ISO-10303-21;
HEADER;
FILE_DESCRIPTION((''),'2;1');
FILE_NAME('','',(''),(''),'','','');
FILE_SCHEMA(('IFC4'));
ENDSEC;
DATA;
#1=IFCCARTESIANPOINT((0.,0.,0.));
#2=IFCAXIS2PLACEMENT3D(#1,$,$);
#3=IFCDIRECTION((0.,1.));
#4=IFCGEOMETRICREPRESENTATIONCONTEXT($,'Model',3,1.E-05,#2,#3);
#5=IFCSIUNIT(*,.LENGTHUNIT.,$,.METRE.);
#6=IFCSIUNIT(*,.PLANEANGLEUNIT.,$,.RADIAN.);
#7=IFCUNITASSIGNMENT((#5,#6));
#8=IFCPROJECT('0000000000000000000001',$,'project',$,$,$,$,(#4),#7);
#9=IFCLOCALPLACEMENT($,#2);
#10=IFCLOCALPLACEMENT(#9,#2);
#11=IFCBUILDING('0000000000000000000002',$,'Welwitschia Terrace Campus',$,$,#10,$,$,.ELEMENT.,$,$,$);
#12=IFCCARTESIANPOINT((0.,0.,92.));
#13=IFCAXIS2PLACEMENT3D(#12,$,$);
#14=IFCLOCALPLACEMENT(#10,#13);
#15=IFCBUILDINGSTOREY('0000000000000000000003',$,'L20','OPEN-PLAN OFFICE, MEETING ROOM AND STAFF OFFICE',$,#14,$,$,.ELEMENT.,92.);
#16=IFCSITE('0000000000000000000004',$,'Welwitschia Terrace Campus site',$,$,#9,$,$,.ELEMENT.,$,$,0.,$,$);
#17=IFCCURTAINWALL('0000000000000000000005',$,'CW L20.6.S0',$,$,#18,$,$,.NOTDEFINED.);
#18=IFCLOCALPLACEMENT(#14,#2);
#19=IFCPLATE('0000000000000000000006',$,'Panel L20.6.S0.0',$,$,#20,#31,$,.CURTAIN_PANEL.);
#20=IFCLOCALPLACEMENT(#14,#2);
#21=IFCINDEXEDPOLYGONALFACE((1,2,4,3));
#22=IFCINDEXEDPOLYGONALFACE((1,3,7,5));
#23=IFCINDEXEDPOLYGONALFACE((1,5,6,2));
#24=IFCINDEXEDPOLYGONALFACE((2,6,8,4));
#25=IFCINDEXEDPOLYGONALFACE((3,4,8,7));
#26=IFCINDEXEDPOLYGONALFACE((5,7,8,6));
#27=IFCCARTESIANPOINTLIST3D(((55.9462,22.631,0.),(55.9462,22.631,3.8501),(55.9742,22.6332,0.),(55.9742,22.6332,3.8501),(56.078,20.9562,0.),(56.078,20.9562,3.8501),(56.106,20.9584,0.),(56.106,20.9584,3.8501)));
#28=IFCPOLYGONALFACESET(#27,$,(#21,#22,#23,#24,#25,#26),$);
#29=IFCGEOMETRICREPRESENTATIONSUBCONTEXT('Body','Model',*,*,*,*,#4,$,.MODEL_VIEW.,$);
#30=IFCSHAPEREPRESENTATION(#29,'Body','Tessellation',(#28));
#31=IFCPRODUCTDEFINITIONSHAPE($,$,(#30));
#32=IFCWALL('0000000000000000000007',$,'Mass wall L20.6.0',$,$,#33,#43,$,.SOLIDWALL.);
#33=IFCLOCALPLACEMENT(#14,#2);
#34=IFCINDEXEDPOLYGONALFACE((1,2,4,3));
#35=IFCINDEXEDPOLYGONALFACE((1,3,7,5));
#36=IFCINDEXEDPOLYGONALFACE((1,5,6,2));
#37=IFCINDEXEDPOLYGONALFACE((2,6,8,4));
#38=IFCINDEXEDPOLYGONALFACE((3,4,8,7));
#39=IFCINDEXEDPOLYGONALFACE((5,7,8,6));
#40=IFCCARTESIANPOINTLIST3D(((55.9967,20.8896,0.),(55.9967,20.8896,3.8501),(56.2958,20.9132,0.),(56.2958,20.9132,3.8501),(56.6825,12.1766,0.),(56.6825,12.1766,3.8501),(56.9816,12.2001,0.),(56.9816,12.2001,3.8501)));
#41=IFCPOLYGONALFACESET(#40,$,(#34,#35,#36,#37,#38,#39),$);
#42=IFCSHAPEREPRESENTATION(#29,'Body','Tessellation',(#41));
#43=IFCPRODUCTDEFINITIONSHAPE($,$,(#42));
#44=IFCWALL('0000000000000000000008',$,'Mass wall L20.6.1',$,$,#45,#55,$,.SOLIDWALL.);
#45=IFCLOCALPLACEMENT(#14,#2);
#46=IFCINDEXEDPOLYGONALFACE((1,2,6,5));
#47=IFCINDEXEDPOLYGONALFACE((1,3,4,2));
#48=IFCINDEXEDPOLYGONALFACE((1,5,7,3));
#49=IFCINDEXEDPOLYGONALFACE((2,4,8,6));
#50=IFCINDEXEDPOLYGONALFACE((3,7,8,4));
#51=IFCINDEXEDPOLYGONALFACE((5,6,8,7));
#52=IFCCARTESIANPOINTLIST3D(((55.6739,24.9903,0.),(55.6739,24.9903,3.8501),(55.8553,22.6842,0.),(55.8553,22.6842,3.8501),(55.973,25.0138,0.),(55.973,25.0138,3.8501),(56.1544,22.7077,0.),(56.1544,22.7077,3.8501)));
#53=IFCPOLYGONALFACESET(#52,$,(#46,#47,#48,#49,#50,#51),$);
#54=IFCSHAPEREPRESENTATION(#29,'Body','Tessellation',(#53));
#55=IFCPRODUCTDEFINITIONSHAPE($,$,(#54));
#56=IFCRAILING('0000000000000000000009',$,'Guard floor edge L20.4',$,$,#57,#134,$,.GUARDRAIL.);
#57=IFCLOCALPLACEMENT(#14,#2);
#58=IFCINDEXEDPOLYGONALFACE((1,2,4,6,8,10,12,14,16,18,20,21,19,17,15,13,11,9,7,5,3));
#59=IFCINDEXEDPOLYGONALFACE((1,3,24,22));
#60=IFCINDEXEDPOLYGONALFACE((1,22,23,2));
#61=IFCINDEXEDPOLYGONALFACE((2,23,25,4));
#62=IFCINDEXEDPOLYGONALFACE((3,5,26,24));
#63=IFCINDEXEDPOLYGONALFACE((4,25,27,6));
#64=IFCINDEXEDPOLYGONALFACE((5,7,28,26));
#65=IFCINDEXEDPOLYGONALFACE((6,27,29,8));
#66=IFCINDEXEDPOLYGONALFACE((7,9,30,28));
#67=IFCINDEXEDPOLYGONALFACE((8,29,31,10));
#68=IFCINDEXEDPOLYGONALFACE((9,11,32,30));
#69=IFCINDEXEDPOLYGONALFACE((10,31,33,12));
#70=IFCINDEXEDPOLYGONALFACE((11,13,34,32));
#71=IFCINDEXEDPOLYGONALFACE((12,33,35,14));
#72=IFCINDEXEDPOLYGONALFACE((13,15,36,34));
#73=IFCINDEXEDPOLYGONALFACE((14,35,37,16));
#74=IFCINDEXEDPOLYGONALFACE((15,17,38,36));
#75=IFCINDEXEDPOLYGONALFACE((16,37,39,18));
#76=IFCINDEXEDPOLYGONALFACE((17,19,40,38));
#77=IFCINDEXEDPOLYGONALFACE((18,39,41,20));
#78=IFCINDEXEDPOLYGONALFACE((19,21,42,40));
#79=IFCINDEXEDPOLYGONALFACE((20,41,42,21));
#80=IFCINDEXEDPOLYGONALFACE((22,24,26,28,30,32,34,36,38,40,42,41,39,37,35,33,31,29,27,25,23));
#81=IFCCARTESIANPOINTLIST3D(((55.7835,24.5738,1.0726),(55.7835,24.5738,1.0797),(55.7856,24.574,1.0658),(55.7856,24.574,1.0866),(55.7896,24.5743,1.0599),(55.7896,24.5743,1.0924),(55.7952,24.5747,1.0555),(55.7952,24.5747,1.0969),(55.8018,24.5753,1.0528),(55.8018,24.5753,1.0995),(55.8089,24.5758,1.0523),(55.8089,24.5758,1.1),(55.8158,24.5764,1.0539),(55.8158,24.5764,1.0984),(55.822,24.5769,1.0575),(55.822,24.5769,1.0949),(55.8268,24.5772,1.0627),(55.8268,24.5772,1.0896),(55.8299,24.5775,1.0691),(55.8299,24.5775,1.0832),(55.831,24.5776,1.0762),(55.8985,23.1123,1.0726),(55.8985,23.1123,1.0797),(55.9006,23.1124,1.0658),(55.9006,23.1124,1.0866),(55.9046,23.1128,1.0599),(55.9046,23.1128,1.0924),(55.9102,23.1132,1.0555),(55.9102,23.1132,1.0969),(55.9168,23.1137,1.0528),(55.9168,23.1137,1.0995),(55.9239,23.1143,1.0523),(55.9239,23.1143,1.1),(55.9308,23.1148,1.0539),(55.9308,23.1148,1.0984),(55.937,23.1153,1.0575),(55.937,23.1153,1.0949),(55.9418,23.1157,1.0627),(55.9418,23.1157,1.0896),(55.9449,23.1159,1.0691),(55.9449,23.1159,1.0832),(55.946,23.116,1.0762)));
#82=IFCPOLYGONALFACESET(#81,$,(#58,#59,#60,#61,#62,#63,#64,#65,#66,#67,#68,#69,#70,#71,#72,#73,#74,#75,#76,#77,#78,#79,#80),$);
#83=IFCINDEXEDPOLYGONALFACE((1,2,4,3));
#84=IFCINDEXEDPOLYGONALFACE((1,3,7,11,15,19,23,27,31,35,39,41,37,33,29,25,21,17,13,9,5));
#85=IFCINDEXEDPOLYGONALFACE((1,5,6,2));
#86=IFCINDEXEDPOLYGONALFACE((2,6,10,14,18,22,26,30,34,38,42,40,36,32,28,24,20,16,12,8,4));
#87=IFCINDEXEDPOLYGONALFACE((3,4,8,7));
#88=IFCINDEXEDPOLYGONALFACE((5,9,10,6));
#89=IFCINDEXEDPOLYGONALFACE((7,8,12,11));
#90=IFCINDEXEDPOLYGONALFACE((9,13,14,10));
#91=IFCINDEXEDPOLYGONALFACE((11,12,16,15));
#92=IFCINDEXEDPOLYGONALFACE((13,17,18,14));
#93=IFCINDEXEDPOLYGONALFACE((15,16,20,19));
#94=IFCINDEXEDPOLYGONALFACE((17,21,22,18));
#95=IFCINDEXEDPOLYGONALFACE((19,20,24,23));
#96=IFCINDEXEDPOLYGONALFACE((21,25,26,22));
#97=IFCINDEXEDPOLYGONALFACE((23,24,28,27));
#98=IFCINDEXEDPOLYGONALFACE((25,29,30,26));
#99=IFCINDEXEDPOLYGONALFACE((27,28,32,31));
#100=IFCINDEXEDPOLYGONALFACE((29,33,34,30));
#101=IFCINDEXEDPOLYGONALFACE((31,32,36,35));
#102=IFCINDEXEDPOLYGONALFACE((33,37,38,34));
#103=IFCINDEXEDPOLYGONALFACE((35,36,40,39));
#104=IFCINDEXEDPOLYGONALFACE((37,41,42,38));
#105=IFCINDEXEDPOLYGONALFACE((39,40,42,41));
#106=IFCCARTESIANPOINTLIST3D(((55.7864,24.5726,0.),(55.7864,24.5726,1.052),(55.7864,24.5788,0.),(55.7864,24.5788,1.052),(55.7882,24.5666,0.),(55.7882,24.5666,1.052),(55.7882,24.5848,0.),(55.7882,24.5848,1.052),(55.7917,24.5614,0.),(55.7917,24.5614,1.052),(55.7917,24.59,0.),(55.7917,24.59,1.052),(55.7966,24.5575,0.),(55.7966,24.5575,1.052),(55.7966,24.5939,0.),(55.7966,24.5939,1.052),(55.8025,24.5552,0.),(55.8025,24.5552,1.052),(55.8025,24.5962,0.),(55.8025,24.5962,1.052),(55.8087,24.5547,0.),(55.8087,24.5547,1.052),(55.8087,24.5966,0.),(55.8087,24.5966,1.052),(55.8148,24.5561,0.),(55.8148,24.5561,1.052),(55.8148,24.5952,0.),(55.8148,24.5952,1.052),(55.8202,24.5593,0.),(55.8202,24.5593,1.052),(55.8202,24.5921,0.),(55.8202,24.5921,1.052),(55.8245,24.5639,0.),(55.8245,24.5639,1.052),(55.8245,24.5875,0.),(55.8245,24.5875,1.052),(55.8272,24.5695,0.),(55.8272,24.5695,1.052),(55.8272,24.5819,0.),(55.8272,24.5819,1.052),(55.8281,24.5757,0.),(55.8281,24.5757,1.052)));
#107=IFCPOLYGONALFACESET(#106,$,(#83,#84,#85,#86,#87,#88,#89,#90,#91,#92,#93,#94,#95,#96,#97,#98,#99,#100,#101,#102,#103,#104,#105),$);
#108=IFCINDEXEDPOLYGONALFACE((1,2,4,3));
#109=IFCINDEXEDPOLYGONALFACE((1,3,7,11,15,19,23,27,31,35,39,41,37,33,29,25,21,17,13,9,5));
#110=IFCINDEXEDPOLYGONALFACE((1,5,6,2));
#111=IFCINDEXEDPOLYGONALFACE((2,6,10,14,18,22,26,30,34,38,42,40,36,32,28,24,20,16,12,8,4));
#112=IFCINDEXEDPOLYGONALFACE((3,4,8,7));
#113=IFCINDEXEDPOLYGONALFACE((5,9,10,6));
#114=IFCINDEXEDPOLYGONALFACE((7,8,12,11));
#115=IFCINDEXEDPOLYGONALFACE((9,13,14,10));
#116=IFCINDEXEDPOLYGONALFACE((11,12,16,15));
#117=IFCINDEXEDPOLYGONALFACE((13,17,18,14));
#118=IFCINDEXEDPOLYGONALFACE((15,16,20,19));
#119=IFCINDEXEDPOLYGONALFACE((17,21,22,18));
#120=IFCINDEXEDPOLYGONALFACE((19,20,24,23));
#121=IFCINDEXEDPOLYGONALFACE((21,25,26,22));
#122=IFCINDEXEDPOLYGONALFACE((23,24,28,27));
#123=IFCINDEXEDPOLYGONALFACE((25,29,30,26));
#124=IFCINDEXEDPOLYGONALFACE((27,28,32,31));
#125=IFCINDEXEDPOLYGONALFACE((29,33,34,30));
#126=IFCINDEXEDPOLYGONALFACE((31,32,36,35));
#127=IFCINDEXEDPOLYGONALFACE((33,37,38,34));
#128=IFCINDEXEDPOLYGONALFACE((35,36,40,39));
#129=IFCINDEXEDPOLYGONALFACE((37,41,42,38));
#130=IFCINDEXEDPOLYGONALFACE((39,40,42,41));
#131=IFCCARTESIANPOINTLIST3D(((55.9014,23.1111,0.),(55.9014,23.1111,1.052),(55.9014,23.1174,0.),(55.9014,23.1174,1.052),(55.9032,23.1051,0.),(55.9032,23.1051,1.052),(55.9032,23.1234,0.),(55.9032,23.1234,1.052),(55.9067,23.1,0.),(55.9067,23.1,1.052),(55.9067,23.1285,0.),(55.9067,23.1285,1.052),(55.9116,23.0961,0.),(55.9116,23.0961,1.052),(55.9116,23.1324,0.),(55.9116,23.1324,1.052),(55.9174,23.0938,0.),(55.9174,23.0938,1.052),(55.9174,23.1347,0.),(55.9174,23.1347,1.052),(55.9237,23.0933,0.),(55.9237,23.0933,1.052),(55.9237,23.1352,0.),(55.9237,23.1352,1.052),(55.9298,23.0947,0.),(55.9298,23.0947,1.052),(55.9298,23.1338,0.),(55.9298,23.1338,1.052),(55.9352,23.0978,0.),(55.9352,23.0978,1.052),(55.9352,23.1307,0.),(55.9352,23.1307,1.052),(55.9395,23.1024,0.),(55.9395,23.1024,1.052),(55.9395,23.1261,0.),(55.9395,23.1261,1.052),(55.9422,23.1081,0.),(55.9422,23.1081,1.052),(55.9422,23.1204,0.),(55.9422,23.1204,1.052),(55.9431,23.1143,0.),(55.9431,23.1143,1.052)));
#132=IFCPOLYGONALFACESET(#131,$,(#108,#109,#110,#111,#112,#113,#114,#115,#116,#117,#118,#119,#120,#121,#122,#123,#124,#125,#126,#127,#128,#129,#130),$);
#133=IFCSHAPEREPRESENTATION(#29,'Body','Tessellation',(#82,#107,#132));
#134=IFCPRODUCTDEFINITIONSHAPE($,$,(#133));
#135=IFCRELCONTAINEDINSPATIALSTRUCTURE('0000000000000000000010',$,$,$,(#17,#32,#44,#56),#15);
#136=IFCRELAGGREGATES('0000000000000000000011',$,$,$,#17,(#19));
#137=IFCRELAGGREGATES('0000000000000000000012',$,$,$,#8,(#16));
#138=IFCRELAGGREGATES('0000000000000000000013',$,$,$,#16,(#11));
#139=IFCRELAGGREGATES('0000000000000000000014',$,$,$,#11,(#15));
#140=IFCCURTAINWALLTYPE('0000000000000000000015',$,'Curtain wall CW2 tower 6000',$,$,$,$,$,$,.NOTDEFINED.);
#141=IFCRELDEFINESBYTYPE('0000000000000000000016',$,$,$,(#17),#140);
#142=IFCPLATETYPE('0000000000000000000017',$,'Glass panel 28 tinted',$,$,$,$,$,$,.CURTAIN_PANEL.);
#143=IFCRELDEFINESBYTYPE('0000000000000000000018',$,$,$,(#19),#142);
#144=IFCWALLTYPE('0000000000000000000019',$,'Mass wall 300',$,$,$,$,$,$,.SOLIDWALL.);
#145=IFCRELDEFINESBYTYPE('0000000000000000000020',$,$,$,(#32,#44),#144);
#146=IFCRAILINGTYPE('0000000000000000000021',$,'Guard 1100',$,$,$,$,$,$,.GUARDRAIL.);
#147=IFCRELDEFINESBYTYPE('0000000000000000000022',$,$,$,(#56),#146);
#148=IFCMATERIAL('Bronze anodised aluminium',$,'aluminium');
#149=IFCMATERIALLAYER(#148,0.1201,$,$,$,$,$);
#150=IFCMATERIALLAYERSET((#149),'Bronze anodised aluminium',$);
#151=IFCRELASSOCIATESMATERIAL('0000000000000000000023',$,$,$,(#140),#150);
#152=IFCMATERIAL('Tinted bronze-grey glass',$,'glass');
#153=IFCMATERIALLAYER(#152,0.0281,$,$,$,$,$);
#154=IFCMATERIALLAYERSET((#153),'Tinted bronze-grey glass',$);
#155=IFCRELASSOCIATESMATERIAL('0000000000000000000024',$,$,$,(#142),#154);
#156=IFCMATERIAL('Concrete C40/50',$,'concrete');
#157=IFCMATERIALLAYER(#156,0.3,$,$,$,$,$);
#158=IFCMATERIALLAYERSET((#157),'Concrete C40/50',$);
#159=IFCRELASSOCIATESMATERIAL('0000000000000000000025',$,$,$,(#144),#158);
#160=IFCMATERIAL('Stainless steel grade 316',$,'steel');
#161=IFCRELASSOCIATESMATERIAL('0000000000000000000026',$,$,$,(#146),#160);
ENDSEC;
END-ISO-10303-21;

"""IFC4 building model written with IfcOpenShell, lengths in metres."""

from ifc_helpers import new_model, si_unit, direction, frame, frame_2d, origin, origin_2d, place, context, subcontext, project, spatial, rectangle, circle, extrude, material, layer, layer_set, type_object, element, aggregate, save


model = new_model("IFC4")

# Units and contexts
model_context = context("Model", 3, precision=1e-05, world=origin(), true_north=direction((0.0, 1.0)))
body_context = subcontext(model_context, "Body", "Model", "MODEL_VIEW")
ifc_project = project(units=[si_unit("LENGTHUNIT", "METRE"), si_unit("PLANEANGLEUNIT", "RADIAN")], contexts=[model_context])

# Site, building, storey
site_placement = place(None, origin())
site = spatial("IfcSite", under=ifc_project, at=site_placement, Name="Welwitschia Terrace Campus site", CompositionType="ELEMENT", RefElevation=0.0)
building_placement = place(site_placement, origin())
building = spatial("IfcBuilding", under=site, at=building_placement, Name="Welwitschia Terrace Campus", CompositionType="ELEMENT")
storey_placement = place(building_placement, frame((0.0, 0.0, 92.0)))
storey = spatial("IfcBuildingStorey", under=building, at=storey_placement, Name="L20", Description="OPEN-PLAN OFFICE, MEETING ROOM AND STAFF OFFICE", CompositionType="ELEMENT", Elevation=92.0)

# Shared definitions
ifc_material_1 = material(Name="Bronze anodised aluminium", Category="aluminium")
ifc_layer_1 = layer(ifc_material_1, 0.1201)
ifc_layer_set_1 = layer_set([ifc_layer_1], Name="Bronze anodised aluminium")
curtain_wall_type = type_object("IfcCurtainWallType", Name="Curtain wall CW2 tower 6000", PredefinedType="NOTDEFINED", material=ifc_layer_set_1)

# Curtain wall
curtain_wall_1_placement = place(storey_placement, origin())
curtain_wall_1 = element("IfcCurtainWall", 1, at=curtain_wall_1_placement, inside=storey, type_object=curtain_wall_type, Name="CW L20.6.S0", PredefinedType="NOTDEFINED")

# Plate
ifc_material_2 = material(Name="Tinted bronze-grey glass", Category="glass")
ifc_layer_2 = layer(ifc_material_2, 0.0281)
ifc_layer_set_2 = layer_set([ifc_layer_2], Name="Tinted bronze-grey glass")
plate_type = type_object("IfcPlateType", Name="Glass panel 28 tinted", PredefinedType="CURTAIN_PANEL", material=ifc_layer_set_2)
plate_1_placement = place(storey_placement, frame((56.0261, 21.7947, 0.0), z_axis=(0.0, 0.0, 1.0), x_axis=(-0.078459, 0.996917, 0.0)))
plate_1 = element("IfcPlate", 2, at=plate_1_placement, type_object=plate_type, Name="Panel L20.6.S0.0", PredefinedType="CURTAIN_PANEL", context=body_context, shape_type="SweptSolid", body=[
    extrude(rectangle(XDim=1.6799, YDim=0.0281, at=origin_2d()), origin(), (0.0, 0.0, 1.0), 3.8501),
])
aggregate(curtain_wall_1, [plate_1])

# Walls
ifc_material_3 = material(Name="Concrete C40/50", Category="concrete")
ifc_layer_3 = layer(ifc_material_3, 0.3)
ifc_layer_set_3 = layer_set([ifc_layer_3], Name="Concrete C40/50")
wall_type = type_object("IfcWallType", Name="Mass wall 300", PredefinedType="SOLIDWALL", material=ifc_layer_set_3)
wall_1_placement = place(storey_placement, frame((56.832, 12.1882, 0.0), z_axis=(0.0, 0.0, 1.0), x_axis=(-0.078465, 0.996917, 0.0)))
element("IfcWall", 3, at=wall_1_placement, inside=storey, type_object=wall_type, Name="Mass wall L20.6.0", PredefinedType="SOLIDWALL", context=body_context, shape_type="SweptSolid", body=[
    extrude(rectangle(XDim=8.74, YDim=0.3, at=frame_2d((4.3701, 0.0))), origin(), (0.0, 0.0, 1.0), 3.8501),
])
wall_2_placement = place(storey_placement, frame((56.0049, 22.6958, 0.0), z_axis=(0.0, 0.0, 1.0), x_axis=(-0.078415, 0.996921, 0.0)))
element("IfcWall", 4, at=wall_2_placement, inside=storey, type_object=wall_type, Name="Mass wall L20.6.1", PredefinedType="SOLIDWALL", context=body_context, shape_type="SweptSolid", body=[
    extrude(rectangle(XDim=2.3132, YDim=0.3, at=frame_2d((1.1567, 0.0))), origin(), (0.0, 0.0, 1.0), 3.8501),
])

# Railing
ifc_material_4 = material(Name="Stainless steel grade 316", Category="steel")
railing_type = type_object("IfcRailingType", Name="Guard 1100", PredefinedType="GUARDRAIL", material=ifc_material_4)
railing_1_placement = place(storey_placement, frame((55.8071, 24.5757, 0.0)))
element("IfcRailing", 5, at=railing_1_placement, inside=storey, type_object=railing_type, Name="Guard floor edge L20.4", PredefinedType="GUARDRAIL", context=body_context, shape_type="SweptSolid", body=[
    extrude(circle(Radius=0.0239, at=origin_2d()), frame((0.0, 0.0, 1.0762), z_axis=(0.078441, -0.996919, 0.0), x_axis=(0.996919, 0.078441, 0.0)), (0.0, 0.0, 1.0), 1.4661),
    extrude(circle(Radius=0.021, at=origin_2d()), origin(), (0.0, 0.0, 1.0), 1.052),
    extrude(circle(Radius=0.021, at=origin_2d()), frame((0.115, -1.4614, 0.0)), (0.0, 0.0, 1.0), 1.052),
])

save(model, "model.ifc")
